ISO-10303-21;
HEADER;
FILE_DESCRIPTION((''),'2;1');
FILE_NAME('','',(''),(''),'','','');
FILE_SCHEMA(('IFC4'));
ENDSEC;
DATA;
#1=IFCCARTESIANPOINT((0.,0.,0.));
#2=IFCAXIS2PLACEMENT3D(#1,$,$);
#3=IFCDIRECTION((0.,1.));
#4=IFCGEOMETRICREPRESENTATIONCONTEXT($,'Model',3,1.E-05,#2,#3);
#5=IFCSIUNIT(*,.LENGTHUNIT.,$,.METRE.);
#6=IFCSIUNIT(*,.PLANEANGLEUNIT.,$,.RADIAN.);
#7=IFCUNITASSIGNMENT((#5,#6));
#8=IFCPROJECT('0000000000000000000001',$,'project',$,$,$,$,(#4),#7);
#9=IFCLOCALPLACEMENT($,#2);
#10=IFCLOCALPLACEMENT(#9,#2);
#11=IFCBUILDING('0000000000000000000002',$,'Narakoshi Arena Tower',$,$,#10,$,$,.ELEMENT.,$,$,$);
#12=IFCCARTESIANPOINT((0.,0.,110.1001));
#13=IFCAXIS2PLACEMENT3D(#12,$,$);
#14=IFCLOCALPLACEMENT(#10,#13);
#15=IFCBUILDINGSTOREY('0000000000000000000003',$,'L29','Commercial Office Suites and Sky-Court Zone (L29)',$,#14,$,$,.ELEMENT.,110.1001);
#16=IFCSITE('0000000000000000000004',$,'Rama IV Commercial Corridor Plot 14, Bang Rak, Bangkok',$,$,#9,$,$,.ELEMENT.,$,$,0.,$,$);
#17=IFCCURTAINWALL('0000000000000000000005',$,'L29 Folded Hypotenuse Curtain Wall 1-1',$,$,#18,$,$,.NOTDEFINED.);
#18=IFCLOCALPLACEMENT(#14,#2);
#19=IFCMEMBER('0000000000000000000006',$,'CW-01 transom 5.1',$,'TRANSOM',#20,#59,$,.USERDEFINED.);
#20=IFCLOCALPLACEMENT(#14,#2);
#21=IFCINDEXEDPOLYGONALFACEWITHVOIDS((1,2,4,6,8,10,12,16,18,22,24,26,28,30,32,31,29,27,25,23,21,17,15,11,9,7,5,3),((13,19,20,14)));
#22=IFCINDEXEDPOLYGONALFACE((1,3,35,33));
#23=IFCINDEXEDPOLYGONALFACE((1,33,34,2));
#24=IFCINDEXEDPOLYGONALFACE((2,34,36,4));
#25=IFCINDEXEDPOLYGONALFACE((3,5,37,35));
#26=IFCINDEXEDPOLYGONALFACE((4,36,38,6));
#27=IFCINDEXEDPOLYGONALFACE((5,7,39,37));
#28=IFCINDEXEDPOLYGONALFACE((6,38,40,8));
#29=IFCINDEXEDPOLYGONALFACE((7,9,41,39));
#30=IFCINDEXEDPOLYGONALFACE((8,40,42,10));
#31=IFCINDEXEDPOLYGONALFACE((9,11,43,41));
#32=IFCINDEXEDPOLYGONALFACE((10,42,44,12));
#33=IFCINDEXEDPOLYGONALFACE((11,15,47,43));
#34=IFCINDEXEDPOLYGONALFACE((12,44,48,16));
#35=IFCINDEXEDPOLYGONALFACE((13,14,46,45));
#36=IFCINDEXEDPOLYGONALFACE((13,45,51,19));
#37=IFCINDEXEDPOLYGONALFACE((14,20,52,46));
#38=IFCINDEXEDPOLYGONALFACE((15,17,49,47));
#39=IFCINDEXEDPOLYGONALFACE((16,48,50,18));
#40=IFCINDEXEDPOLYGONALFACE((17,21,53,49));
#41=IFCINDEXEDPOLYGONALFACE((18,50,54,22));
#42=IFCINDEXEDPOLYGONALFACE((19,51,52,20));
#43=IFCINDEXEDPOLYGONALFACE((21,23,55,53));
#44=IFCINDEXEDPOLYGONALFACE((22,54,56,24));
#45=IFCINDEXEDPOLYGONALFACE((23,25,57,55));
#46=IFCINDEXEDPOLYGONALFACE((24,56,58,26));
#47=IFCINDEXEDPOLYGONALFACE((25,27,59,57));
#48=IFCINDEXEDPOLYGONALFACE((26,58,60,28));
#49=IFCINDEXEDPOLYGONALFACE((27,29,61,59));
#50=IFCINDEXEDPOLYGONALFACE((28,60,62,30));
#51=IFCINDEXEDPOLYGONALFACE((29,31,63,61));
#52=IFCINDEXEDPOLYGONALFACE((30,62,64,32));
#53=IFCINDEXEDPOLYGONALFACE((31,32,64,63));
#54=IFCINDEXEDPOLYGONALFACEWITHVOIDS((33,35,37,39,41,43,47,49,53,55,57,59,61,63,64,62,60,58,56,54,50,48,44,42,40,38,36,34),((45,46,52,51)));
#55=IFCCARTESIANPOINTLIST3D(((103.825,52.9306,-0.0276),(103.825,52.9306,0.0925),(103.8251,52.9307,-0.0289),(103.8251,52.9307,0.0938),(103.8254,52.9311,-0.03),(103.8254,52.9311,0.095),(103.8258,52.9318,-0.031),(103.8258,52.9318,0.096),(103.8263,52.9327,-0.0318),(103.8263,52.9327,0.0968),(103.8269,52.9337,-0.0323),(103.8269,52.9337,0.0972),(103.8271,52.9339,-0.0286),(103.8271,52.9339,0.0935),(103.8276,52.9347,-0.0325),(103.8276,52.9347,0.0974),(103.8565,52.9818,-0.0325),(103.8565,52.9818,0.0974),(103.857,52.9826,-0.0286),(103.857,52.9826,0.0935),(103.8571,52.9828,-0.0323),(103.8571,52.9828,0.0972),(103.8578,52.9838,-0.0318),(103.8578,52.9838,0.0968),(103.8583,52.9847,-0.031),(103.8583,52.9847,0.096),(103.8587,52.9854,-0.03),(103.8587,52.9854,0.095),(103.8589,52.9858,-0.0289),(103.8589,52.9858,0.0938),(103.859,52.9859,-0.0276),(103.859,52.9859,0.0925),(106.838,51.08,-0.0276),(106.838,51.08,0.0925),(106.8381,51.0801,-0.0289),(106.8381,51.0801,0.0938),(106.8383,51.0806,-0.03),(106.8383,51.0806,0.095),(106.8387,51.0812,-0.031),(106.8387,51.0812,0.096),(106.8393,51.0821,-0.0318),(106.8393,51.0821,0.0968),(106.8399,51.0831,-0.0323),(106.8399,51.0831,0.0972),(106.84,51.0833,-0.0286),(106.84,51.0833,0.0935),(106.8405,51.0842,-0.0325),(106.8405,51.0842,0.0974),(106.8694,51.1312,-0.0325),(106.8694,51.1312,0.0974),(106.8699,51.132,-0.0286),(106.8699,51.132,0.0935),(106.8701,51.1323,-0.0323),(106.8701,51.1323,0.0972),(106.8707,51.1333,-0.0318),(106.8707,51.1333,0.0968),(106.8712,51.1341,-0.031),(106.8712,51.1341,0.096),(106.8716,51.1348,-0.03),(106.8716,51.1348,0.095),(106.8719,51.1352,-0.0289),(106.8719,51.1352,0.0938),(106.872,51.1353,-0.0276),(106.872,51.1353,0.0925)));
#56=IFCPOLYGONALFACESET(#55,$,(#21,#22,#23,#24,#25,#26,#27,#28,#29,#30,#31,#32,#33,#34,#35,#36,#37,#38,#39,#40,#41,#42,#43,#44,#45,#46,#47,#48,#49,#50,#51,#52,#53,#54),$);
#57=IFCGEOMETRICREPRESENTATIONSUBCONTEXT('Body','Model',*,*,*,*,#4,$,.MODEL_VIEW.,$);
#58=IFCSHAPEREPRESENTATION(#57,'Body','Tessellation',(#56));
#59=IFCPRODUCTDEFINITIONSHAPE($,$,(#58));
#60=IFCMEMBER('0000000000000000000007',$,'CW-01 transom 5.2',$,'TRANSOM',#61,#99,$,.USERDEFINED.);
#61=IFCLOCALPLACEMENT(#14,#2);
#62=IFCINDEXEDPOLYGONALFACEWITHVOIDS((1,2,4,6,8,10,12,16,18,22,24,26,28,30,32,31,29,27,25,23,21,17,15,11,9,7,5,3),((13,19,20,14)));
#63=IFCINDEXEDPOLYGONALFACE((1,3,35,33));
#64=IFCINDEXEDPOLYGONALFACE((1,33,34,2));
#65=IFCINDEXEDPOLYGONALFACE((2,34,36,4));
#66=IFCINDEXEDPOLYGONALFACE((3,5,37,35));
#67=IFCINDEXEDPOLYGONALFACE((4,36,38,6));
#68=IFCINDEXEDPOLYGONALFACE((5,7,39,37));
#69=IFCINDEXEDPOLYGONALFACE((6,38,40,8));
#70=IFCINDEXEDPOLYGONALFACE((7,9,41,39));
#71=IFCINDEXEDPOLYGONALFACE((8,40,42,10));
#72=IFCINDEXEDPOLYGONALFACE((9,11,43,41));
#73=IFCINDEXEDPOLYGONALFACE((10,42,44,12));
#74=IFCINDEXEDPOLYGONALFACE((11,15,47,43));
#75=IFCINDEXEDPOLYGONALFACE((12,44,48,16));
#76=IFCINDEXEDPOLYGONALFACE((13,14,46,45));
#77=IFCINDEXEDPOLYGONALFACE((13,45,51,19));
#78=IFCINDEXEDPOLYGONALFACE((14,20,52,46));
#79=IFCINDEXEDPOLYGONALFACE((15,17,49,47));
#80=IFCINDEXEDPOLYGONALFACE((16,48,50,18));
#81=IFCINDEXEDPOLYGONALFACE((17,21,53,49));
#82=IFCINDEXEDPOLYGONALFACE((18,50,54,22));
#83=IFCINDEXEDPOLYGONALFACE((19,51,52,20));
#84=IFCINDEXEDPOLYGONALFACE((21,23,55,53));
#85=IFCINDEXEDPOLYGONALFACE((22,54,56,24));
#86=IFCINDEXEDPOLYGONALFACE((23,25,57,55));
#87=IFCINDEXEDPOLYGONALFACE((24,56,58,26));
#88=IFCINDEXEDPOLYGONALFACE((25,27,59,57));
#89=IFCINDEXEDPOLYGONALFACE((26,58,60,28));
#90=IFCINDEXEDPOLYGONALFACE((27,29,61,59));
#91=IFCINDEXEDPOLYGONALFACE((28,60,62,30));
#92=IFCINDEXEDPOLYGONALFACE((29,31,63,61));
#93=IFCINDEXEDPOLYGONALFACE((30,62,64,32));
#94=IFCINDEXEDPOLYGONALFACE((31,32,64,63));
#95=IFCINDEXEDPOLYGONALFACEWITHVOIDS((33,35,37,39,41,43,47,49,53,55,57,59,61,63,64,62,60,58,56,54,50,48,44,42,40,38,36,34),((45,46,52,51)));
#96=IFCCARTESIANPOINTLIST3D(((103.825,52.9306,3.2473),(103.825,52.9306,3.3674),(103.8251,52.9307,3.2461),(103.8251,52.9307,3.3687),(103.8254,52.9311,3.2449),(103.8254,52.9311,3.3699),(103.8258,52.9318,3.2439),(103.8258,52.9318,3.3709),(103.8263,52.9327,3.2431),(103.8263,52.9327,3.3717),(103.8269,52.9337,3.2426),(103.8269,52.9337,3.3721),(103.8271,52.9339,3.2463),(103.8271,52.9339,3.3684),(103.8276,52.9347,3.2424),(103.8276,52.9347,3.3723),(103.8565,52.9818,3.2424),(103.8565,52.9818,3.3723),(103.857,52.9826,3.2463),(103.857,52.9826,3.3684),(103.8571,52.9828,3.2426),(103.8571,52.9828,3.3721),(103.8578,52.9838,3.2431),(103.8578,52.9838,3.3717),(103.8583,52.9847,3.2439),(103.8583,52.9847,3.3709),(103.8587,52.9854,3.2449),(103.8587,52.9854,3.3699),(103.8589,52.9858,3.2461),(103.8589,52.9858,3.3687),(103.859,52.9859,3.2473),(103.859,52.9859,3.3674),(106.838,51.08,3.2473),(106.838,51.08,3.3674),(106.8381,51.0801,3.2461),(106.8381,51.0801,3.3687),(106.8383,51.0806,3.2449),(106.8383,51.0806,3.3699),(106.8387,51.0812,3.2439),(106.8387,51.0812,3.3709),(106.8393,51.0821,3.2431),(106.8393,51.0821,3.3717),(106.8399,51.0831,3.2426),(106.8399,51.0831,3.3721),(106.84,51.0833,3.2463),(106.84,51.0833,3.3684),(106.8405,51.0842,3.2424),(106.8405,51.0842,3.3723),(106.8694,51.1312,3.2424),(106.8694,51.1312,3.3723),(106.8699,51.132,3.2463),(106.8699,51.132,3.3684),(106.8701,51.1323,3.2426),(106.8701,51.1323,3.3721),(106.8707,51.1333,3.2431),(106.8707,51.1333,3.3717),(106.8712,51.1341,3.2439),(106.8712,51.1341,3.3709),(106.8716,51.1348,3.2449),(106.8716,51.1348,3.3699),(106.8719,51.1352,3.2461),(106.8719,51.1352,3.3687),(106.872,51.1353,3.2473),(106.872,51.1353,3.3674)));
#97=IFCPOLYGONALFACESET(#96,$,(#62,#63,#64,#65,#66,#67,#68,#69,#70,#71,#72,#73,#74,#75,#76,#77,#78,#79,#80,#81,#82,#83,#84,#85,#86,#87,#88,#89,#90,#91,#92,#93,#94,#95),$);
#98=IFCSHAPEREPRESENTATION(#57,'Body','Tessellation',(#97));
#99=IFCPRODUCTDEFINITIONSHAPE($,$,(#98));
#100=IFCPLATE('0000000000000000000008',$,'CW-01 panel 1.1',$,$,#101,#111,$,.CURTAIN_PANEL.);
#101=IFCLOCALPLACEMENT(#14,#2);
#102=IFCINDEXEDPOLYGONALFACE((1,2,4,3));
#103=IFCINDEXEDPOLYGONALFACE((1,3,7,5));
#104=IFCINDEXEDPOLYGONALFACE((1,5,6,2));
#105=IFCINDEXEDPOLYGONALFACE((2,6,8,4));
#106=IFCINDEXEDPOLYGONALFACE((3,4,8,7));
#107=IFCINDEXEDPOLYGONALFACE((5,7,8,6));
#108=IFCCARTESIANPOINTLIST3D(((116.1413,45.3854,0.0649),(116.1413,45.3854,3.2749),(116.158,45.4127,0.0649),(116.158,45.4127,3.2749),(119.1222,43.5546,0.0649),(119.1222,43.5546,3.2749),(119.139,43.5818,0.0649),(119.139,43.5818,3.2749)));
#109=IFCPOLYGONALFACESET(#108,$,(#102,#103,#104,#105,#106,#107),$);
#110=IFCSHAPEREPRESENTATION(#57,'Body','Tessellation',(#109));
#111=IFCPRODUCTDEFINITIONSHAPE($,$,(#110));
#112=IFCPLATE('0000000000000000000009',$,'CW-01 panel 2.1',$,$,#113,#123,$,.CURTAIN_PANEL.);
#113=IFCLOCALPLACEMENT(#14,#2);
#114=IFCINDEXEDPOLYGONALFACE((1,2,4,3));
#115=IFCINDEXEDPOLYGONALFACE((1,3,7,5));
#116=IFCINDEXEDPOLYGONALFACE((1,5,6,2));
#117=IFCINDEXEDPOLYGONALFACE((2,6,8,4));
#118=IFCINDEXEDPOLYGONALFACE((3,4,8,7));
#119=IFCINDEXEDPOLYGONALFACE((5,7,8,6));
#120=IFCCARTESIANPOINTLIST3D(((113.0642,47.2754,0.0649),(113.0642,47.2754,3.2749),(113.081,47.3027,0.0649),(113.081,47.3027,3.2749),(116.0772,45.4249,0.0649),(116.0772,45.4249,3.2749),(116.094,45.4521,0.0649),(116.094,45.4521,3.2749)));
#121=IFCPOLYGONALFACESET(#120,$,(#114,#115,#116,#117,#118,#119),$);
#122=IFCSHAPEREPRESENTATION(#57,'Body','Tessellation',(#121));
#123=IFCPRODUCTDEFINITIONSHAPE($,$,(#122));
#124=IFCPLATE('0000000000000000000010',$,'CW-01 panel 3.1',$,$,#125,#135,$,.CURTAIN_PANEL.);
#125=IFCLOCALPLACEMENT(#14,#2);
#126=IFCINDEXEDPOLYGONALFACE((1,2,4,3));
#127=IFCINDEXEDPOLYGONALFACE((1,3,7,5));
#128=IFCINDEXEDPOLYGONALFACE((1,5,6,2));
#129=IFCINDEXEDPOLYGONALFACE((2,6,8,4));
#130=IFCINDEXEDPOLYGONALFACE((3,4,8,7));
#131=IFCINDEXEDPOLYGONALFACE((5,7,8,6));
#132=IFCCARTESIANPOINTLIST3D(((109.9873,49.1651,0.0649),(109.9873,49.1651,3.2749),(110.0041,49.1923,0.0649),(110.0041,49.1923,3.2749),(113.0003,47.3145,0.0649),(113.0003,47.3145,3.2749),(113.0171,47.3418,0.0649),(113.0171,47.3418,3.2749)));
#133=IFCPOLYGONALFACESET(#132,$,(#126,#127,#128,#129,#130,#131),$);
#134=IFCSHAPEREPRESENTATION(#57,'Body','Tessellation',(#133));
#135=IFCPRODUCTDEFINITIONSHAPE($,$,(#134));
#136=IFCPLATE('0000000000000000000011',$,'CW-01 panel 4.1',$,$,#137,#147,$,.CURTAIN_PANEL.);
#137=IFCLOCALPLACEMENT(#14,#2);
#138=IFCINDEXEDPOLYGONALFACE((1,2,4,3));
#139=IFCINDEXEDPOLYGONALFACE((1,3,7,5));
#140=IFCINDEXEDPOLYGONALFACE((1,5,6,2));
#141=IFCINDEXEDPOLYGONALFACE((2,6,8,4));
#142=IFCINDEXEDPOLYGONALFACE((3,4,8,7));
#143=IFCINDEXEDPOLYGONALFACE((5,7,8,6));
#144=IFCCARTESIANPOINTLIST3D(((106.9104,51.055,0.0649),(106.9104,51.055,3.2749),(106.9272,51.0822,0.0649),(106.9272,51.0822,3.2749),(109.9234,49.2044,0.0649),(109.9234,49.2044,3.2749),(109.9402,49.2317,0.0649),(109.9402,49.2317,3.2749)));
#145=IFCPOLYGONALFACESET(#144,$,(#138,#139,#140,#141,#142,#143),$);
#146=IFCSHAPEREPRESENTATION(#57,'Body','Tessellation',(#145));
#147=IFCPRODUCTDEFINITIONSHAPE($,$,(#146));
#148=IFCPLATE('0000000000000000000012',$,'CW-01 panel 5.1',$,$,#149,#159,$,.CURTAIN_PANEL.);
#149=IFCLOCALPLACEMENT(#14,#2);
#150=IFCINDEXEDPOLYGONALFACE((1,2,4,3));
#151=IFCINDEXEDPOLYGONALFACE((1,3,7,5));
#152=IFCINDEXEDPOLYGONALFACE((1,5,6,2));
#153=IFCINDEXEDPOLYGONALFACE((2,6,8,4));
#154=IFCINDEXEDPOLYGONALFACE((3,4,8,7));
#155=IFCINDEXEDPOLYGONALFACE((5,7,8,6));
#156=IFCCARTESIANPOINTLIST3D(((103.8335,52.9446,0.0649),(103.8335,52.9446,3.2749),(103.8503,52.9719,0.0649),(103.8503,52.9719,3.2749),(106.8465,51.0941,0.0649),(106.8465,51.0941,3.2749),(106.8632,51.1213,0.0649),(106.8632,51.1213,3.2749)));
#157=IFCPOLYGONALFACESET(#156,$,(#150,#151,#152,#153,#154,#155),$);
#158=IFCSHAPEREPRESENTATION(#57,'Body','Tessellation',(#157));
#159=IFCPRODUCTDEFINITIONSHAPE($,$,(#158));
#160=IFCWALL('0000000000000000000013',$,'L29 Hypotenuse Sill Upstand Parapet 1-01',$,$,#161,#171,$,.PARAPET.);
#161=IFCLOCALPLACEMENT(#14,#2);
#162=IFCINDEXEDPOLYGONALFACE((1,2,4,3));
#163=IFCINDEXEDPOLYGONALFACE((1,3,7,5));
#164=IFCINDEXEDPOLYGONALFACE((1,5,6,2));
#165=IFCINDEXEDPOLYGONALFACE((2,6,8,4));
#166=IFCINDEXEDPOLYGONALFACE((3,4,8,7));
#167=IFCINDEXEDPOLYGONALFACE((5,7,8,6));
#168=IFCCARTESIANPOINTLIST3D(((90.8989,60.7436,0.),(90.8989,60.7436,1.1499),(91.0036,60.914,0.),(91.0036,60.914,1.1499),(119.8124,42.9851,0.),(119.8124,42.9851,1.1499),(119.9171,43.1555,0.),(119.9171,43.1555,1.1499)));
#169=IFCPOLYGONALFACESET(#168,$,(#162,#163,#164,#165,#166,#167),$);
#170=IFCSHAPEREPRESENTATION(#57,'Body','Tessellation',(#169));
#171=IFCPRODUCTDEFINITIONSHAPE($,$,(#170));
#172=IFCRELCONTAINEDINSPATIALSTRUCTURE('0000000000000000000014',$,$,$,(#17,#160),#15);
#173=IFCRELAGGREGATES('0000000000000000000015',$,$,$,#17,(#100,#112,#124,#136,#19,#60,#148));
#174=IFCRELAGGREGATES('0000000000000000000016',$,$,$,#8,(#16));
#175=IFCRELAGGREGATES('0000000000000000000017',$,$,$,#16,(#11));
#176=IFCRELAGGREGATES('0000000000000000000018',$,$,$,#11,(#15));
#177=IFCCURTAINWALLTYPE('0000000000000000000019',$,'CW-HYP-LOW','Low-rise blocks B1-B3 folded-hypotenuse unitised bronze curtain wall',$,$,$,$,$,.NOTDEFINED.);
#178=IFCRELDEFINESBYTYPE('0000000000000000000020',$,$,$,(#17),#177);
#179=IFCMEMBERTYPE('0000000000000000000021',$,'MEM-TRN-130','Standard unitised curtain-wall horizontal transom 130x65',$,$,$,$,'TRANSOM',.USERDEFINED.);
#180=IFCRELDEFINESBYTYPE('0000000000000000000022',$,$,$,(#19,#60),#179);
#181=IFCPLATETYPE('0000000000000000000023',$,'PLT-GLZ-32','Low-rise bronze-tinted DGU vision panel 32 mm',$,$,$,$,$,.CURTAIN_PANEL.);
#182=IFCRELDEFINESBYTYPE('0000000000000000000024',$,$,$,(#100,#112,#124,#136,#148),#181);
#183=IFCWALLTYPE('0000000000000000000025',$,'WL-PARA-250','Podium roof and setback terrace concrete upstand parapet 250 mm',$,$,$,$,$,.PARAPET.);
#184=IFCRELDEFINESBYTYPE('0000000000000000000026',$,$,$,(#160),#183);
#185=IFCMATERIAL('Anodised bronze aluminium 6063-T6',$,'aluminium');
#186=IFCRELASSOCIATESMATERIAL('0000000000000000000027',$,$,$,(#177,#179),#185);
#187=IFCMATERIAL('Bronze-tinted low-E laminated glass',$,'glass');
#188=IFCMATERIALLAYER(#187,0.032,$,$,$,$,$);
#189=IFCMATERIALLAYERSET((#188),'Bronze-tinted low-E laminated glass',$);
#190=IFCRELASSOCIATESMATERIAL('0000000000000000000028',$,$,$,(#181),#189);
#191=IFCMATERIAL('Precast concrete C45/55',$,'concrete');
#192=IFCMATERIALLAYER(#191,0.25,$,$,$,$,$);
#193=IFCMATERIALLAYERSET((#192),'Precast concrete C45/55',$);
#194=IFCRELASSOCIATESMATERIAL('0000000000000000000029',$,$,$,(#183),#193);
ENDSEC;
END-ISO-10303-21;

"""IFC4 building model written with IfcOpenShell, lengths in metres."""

from ifc_helpers import new_model, si_unit, direction, frame, frame_2d, origin, origin_2d, place, context, subcontext, project, spatial, rectangle, hollow_rectangle, extrude, material, layer, layer_set, material_profile, profile_set, type_object, element, aggregate, save


model = new_model("IFC4")

# Units and contexts
model_context = context("Model", 3, precision=1e-05, world=origin(), true_north=direction((0.0, 1.0)))
body_context = subcontext(model_context, "Body", "Model", "MODEL_VIEW")
ifc_project = project(units=[si_unit("LENGTHUNIT", "METRE"), si_unit("PLANEANGLEUNIT", "RADIAN")], contexts=[model_context])

# Site, building, storey
site_placement = place(None, origin())
site = spatial("IfcSite", under=ifc_project, at=site_placement, Name="Rama IV Commercial Corridor Plot 14, Bang Rak, Bangkok", CompositionType="ELEMENT", RefElevation=0.0)
building_placement = place(site_placement, origin())
building = spatial("IfcBuilding", under=site, at=building_placement, Name="Narakoshi Arena Tower", CompositionType="ELEMENT")
storey_placement = place(building_placement, frame((0.0, 0.0, 110.1001)))
storey = spatial("IfcBuildingStorey", under=building, at=storey_placement, Name="L29", Description="Commercial Office Suites and Sky-Court Zone (L29)", CompositionType="ELEMENT", Elevation=110.1001)

# Curtain wall, members, plates
ifc_material_1 = material(Name="Anodised bronze aluminium 6063-T6", Category="aluminium")
curtain_wall_type = type_object("IfcCurtainWallType", Name="CW-HYP-LOW", Description="Low-rise blocks B1-B3 folded-hypotenuse unitised bronze curtain wall", PredefinedType="NOTDEFINED", material=ifc_material_1)
curtain_wall_placement = place(storey_placement, origin())
curtain_wall = element("IfcCurtainWall", 1, at=curtain_wall_placement, inside=storey, type_object=curtain_wall_type, Name="L29 Folded Hypotenuse Curtain Wall 1-1", PredefinedType="NOTDEFINED")
ifc_material_profile_1 = material_profile(ifc_material_1, hollow_rectangle(XDim=0.0649, YDim=0.1299, WallThickness=0.0039, OuterFilletRadius=0.0049, at=origin_2d()), Name="TRN130x65x4")
ifc_profile_set_1 = profile_set([ifc_material_profile_1], Name="Anodised bronze aluminium 6063-T6")
member_type_1 = type_object("IfcMemberType", Name="MEM-TRN-130", Description="Standard unitised curtain-wall horizontal transom 130x65", ElementType="TRANSOM", PredefinedType="USERDEFINED", material=ifc_profile_set_1)
member_1_placement = place(storey_placement, frame((106.855, 51.1077, 0.0325), z_axis=(-0.852104, 0.523373, 0.0), x_axis=(-0.523373, -0.852104, 0.0)))
member_1 = element("IfcMember", 2, at=member_1_placement, type_object=member_type_1, Name="CW-01 transom 5.1", ObjectType="TRANSOM", PredefinedType="USERDEFINED", context=body_context, shape_type="SweptSolid", body=[
    extrude(hollow_rectangle(XDim=0.0649, YDim=0.1299, WallThickness=0.0039, OuterFilletRadius=0.0049, at=origin_2d()), origin(), (0.0, 0.0, 1.0), 3.5359),
])
member_2_placement = place(storey_placement, frame((106.855, 51.1077, 3.3074), z_axis=(-0.852104, 0.523373, 0.0), x_axis=(-0.523373, -0.852104, 0.0)))
member_2 = element("IfcMember", 3, at=member_2_placement, type_object=member_type_1, Name="CW-01 transom 5.2", ObjectType="TRANSOM", PredefinedType="USERDEFINED", context=body_context, shape_type="SweptSolid", body=[
    extrude(hollow_rectangle(XDim=0.0649, YDim=0.1299, WallThickness=0.0039, OuterFilletRadius=0.0049, at=origin_2d()), origin(), (0.0, 0.0, 1.0), 3.5359),
])
ifc_material_2 = material(Name="Bronze-tinted low-E laminated glass", Category="glass")
ifc_layer_1 = layer(ifc_material_2, 0.032)
ifc_layer_set_1 = layer_set([ifc_layer_1], Name="Bronze-tinted low-E laminated glass")
plate_type = type_object("IfcPlateType", Name="PLT-GLZ-32", Description="Low-rise bronze-tinted DGU vision panel 32 mm", PredefinedType="CURTAIN_PANEL", material=ifc_layer_set_1)
plate_1_placement = place(storey_placement, frame((117.6401, 44.4836, 0.0649), z_axis=(0.0, 0.0, 1.0), x_axis=(-0.852113, 0.523358, 0.0)))
plate_1 = element("IfcPlate", 4, at=plate_1_placement, type_object=plate_type, Name="CW-01 panel 1.1", PredefinedType="CURTAIN_PANEL", context=body_context, shape_type="SweptSolid", body=[
    extrude(rectangle(XDim=3.4983, YDim=0.032, at=origin_2d()), origin(), (0.0, 0.0, 1.0), 3.21),
])
plate_2_placement = place(storey_placement, frame((114.5791, 46.3638, 0.0649), z_axis=(0.0, 0.0, 1.0), x_axis=(-0.852113, 0.523358, 0.0)))
plate_2 = element("IfcPlate", 5, at=plate_2_placement, type_object=plate_type, Name="CW-01 panel 2.1", PredefinedType="CURTAIN_PANEL", context=body_context, shape_type="SweptSolid", body=[
    extrude(rectangle(XDim=3.5359, YDim=0.032, at=origin_2d()), origin(), (0.0, 0.0, 1.0), 3.21),
])
plate_3_placement = place(storey_placement, frame((111.5022, 48.2534, 0.0649), z_axis=(0.0, 0.0, 1.0), x_axis=(-0.852113, 0.523358, 0.0)))
plate_3 = element("IfcPlate", 6, at=plate_3_placement, type_object=plate_type, Name="CW-01 panel 3.1", PredefinedType="CURTAIN_PANEL", context=body_context, shape_type="SweptSolid", body=[
    extrude(rectangle(XDim=3.5359, YDim=0.032, at=origin_2d()), origin(), (0.0, 0.0, 1.0), 3.21),
])
plate_4_placement = place(storey_placement, frame((108.4253, 50.1433, 0.0649), z_axis=(0.0, 0.0, 1.0), x_axis=(-0.852113, 0.523358, 0.0)))
plate_4 = element("IfcPlate", 7, at=plate_4_placement, type_object=plate_type, Name="CW-01 panel 4.1", PredefinedType="CURTAIN_PANEL", context=body_context, shape_type="SweptSolid", body=[
    extrude(rectangle(XDim=3.5359, YDim=0.032, at=origin_2d()), origin(), (0.0, 0.0, 1.0), 3.21),
])
plate_5_placement = place(storey_placement, frame((105.3484, 52.033, 0.0649), z_axis=(0.0, 0.0, 1.0), x_axis=(-0.852113, 0.523358, 0.0)))
plate_5 = element("IfcPlate", 8, at=plate_5_placement, type_object=plate_type, Name="CW-01 panel 5.1", PredefinedType="CURTAIN_PANEL", context=body_context, shape_type="SweptSolid", body=[
    extrude(rectangle(XDim=3.5359, YDim=0.032, at=origin_2d()), origin(), (0.0, 0.0, 1.0), 3.21),
])
aggregate(curtain_wall, [plate_1, plate_2, plate_3, plate_4, member_1, member_2, plate_5])

# Wall
ifc_material_3 = material(Name="Precast concrete C45/55", Category="concrete")
ifc_layer_2 = layer(ifc_material_3, 0.25)
ifc_layer_set_2 = layer_set([ifc_layer_2], Name="Precast concrete C45/55")
wall_type_1 = type_object("IfcWallType", Name="WL-PARA-250", Description="Podium roof and setback terrace concrete upstand parapet 250 mm", PredefinedType="PARAPET", material=ifc_layer_set_2)
wall_1_placement = place(storey_placement, frame((119.8647, 43.0703, 0.0), z_axis=(0.0, 0.0, 1.0), x_axis=(-0.852111, 0.523361, 0.0)))
element("IfcWall", 9, at=wall_1_placement, inside=storey, type_object=wall_type_1, Name="L29 Hypotenuse Sill Upstand Parapet 1-01", PredefinedType="PARAPET", context=body_context, shape_type="SweptSolid", body=[
    extrude(rectangle(XDim=33.9316, YDim=0.2, at=frame_2d((16.9658, 0.0))), origin(), (0.0, 0.0, 1.0), 1.1499),
])

save(model, "model.ifc")
